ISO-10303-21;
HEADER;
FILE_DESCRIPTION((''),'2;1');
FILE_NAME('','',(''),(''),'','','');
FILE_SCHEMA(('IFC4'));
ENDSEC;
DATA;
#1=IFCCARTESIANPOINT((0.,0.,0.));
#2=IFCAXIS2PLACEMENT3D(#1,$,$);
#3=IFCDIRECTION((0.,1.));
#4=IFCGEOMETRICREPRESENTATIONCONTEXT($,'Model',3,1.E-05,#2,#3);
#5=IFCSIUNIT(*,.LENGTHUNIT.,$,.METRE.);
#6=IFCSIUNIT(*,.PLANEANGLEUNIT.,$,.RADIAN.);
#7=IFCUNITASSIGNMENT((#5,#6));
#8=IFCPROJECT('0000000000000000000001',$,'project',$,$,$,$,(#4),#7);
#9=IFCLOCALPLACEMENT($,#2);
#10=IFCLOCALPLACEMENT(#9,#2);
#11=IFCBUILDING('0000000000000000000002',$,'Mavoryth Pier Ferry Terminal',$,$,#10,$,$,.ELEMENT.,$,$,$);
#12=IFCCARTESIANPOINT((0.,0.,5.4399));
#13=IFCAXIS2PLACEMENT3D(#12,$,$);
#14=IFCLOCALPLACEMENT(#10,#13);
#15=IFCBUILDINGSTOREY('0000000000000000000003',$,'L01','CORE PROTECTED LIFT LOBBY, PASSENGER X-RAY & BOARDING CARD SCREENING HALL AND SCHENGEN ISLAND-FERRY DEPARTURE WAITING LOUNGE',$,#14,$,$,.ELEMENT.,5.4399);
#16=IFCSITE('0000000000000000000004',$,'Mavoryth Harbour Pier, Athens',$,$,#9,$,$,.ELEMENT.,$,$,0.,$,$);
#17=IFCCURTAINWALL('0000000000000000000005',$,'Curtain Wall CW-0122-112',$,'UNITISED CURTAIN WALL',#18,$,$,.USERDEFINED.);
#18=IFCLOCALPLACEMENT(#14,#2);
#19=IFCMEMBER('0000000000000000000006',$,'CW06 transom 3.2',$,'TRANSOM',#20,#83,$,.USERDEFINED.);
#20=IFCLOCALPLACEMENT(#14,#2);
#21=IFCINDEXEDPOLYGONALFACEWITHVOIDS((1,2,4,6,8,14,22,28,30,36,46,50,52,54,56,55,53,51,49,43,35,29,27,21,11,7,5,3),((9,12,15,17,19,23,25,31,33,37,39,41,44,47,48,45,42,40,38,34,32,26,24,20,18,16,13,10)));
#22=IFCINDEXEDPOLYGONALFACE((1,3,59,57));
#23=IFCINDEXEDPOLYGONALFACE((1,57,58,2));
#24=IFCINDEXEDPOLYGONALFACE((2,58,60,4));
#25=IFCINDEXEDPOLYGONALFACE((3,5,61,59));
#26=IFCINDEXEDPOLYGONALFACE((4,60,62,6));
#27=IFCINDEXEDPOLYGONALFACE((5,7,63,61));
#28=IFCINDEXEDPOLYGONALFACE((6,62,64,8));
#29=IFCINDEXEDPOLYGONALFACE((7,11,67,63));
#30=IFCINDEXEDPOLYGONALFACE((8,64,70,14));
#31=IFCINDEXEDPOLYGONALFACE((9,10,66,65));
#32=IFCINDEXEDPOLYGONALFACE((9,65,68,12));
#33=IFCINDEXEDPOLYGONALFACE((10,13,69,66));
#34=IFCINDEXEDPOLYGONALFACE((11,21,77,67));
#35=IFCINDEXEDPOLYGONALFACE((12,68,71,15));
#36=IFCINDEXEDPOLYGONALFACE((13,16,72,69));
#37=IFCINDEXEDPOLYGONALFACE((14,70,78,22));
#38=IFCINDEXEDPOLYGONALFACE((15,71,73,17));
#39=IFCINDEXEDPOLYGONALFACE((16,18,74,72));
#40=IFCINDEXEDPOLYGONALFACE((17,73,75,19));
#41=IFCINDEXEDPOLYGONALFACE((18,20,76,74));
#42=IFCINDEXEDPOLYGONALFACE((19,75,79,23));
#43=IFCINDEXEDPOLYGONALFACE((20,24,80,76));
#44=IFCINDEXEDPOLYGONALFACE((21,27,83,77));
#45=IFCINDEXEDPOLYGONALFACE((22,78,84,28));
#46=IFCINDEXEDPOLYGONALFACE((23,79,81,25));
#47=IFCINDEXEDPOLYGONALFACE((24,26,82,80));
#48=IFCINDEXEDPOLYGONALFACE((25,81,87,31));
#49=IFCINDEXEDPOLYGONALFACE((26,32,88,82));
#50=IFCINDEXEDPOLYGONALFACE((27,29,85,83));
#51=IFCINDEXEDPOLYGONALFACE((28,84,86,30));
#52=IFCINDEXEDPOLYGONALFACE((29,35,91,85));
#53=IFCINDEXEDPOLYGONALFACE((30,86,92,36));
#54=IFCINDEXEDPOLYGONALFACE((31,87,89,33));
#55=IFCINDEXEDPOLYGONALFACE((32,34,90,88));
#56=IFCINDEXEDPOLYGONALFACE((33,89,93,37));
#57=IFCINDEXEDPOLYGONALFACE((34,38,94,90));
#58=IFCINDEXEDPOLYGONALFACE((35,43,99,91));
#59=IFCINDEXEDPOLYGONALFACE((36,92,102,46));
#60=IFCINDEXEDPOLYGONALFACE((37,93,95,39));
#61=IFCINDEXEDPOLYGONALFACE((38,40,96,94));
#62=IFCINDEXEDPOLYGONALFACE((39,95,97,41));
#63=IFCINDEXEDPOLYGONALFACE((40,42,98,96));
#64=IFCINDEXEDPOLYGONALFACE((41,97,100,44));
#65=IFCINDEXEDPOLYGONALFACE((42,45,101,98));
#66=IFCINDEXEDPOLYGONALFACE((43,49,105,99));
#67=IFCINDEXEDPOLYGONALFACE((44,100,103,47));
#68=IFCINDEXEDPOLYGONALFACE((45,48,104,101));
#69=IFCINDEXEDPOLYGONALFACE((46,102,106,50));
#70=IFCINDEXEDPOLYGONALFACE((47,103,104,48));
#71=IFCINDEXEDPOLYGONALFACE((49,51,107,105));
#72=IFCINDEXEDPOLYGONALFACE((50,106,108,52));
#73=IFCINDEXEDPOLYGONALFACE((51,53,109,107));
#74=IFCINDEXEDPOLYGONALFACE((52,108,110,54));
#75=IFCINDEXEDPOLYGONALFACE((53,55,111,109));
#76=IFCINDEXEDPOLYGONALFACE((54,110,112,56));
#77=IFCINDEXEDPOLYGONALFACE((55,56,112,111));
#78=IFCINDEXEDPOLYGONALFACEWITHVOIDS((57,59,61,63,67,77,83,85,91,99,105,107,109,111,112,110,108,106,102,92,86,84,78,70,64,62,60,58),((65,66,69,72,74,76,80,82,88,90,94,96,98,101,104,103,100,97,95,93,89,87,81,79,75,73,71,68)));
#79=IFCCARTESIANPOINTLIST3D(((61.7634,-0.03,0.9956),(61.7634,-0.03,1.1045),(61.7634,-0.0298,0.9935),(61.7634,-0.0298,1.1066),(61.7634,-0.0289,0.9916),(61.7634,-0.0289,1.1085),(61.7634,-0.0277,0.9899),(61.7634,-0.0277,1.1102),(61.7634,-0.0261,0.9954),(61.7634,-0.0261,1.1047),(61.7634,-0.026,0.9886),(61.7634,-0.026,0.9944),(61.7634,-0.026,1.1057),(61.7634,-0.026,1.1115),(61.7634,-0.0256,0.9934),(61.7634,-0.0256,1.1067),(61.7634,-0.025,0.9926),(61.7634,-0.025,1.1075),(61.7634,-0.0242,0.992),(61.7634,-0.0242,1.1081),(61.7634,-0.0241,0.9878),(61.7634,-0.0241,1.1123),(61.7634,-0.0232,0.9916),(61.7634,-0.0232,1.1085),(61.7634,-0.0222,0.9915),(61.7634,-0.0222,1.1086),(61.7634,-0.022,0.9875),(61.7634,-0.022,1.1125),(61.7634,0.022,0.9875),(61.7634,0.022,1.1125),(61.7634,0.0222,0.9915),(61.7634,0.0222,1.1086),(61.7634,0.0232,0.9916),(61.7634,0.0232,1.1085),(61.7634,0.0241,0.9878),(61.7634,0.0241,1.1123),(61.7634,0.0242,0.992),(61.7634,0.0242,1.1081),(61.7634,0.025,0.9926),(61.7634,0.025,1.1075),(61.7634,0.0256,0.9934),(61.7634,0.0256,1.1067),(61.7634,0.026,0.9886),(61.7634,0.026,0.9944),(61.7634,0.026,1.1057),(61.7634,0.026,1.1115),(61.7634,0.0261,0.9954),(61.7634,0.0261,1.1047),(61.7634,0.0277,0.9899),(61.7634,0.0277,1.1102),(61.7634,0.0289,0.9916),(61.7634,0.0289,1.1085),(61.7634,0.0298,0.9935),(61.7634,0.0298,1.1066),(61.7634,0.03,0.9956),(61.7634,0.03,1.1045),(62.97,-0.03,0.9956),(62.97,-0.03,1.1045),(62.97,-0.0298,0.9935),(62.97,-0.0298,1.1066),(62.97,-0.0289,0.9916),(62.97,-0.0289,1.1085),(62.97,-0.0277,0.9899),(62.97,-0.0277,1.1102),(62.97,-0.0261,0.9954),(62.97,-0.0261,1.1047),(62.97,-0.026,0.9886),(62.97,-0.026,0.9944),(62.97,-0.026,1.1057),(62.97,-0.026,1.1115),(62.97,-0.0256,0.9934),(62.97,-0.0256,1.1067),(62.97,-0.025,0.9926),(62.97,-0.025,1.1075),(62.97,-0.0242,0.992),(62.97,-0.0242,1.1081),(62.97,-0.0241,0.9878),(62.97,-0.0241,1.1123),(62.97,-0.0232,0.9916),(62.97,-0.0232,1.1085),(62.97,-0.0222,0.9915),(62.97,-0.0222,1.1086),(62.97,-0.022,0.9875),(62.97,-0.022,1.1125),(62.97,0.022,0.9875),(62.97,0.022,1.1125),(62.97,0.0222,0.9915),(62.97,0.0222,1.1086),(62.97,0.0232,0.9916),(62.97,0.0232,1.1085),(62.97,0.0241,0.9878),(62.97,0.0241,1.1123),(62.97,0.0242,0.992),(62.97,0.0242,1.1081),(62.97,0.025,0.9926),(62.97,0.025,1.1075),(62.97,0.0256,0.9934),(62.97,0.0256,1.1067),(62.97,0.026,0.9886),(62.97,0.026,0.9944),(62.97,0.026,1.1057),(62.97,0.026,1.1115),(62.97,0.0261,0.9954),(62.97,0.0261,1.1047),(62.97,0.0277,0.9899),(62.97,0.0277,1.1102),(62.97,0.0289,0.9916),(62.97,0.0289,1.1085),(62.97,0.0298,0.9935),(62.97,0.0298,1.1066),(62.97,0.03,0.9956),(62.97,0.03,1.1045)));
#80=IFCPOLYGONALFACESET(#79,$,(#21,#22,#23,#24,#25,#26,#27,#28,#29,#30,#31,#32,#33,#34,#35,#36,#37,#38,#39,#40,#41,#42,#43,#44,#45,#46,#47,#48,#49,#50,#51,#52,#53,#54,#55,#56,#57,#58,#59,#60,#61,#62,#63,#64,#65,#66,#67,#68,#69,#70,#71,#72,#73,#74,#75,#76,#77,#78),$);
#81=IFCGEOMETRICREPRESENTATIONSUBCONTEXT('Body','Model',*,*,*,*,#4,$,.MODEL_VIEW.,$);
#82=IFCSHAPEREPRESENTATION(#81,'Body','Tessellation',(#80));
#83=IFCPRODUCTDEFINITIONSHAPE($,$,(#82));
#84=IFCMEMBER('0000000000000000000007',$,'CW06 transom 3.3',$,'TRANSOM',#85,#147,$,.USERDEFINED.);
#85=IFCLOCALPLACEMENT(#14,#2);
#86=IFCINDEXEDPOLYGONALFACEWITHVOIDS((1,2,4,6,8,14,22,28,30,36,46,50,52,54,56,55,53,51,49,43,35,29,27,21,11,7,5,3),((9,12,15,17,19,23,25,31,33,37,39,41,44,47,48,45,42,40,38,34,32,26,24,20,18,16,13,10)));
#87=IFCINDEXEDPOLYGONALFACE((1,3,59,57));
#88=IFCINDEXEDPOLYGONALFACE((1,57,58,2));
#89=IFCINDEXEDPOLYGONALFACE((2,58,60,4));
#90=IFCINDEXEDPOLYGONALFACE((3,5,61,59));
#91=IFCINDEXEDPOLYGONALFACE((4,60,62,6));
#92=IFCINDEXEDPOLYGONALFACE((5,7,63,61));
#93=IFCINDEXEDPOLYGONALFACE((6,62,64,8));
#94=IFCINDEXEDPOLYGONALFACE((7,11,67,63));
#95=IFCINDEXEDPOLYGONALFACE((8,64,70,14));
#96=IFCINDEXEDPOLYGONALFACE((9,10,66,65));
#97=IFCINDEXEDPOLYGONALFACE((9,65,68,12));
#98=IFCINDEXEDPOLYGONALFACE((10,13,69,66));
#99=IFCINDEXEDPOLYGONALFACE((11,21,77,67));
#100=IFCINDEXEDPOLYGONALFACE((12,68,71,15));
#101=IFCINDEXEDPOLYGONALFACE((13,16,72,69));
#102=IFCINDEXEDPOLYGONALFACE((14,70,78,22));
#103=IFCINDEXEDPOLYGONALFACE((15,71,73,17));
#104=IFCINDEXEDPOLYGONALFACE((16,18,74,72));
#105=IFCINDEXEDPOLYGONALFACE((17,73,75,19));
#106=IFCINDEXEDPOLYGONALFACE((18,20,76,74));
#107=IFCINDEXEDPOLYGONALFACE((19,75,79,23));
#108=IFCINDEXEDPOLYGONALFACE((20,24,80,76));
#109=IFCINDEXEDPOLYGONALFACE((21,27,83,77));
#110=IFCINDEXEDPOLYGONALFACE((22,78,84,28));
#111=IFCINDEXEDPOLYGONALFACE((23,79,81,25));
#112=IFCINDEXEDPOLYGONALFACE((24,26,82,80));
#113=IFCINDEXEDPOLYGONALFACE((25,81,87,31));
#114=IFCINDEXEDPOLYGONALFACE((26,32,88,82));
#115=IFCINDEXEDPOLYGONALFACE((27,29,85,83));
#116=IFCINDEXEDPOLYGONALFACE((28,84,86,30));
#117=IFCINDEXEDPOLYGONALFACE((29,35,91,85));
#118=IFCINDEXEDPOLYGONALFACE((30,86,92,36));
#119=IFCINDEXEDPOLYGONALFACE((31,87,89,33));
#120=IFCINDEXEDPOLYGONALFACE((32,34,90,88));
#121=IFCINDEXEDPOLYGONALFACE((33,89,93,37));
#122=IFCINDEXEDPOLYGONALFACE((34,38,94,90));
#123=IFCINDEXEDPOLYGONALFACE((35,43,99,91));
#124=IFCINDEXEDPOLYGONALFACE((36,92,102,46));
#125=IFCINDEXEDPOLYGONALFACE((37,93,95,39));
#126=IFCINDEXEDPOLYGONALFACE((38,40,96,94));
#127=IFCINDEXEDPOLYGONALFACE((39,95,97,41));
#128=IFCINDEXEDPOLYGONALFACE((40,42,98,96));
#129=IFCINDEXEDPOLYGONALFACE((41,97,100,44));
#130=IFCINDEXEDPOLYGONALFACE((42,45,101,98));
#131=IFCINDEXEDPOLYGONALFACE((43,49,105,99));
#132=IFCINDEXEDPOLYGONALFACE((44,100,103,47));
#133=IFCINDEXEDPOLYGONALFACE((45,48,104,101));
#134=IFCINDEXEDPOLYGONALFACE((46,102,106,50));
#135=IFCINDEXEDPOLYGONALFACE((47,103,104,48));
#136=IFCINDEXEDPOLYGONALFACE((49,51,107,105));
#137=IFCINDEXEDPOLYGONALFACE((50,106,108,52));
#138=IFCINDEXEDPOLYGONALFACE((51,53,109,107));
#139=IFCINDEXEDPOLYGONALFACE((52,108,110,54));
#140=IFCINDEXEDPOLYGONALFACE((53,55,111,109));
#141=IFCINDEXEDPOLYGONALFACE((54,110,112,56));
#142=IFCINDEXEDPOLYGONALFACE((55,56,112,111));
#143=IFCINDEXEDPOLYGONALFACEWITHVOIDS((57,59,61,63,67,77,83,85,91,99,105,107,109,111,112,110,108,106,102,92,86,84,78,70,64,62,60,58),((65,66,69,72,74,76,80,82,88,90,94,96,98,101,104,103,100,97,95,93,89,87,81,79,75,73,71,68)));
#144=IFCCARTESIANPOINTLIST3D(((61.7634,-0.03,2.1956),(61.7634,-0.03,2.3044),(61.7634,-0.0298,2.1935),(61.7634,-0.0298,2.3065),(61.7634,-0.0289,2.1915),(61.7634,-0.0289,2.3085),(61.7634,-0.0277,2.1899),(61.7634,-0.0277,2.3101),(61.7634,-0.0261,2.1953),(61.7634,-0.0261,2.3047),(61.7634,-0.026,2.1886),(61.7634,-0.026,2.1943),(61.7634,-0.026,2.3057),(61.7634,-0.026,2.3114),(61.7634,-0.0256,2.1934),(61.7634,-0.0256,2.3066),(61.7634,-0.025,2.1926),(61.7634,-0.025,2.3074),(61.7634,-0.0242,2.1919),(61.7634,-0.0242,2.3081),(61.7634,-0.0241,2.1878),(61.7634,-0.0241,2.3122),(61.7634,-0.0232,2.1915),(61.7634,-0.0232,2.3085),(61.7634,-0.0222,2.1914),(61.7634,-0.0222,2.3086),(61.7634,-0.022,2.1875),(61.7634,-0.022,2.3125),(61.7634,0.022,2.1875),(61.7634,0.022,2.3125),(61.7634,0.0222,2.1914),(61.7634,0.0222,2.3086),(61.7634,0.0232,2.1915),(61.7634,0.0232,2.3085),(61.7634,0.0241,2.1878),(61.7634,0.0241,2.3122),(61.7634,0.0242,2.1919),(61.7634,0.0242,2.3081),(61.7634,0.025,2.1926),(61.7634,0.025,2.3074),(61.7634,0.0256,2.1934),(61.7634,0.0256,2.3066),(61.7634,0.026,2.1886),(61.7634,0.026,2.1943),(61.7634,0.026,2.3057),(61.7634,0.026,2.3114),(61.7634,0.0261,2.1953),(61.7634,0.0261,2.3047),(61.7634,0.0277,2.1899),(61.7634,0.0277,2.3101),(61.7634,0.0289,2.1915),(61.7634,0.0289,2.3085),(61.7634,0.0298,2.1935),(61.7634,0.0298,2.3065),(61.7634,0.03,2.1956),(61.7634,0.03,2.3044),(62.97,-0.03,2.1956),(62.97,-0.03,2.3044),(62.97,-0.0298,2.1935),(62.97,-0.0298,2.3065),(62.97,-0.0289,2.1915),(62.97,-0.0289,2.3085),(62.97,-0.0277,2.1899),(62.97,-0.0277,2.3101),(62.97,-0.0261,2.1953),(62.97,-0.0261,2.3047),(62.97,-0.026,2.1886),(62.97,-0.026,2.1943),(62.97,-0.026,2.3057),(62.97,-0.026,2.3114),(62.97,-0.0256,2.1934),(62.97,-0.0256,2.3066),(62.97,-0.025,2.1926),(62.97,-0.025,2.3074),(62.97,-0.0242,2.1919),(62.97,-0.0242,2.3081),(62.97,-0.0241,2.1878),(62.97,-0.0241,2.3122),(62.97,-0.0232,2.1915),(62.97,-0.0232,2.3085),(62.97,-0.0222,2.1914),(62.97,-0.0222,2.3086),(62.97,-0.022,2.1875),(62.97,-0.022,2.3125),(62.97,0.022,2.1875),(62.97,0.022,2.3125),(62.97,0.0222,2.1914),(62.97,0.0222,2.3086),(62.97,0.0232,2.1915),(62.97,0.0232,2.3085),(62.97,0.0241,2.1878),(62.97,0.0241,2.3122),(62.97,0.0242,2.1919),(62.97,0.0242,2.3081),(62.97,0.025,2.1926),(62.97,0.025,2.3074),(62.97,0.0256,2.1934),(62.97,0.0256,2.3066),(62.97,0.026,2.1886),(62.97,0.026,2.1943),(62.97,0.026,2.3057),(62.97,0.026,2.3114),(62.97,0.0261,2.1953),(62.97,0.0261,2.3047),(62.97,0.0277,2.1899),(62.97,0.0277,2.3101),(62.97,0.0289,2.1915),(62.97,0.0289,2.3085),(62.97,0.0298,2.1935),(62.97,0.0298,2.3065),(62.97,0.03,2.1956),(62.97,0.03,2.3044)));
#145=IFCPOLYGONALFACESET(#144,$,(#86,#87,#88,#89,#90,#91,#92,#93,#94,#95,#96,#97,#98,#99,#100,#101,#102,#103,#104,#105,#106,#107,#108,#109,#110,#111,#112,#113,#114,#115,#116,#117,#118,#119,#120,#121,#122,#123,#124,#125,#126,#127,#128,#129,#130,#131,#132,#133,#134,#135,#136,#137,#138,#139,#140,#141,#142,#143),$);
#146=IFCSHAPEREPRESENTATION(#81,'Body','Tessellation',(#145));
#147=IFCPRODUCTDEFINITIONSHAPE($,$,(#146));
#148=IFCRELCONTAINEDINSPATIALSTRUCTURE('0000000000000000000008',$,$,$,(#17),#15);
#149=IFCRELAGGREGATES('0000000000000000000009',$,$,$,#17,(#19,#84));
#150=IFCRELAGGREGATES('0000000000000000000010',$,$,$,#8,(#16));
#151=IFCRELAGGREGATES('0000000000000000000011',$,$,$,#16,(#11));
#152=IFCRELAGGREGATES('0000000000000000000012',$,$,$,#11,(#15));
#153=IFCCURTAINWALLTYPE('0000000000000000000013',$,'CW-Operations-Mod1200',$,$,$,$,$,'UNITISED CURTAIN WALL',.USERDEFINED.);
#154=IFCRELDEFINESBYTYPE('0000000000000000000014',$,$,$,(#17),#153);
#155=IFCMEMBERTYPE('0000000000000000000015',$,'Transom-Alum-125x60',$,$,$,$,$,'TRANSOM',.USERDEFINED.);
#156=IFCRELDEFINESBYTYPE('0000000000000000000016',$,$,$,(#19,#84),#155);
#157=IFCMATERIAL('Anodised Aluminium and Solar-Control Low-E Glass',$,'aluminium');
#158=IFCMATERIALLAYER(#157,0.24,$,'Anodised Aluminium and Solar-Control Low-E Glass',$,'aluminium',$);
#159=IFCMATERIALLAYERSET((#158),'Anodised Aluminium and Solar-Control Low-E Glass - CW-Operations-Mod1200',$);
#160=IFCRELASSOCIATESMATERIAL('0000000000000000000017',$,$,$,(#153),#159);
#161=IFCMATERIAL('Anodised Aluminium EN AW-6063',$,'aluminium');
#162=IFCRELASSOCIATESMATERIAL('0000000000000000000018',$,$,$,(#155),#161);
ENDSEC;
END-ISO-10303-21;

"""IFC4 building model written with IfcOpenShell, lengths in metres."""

from ifc_helpers import new_model, si_unit, direction, frame, origin, origin_2d, place, context, subcontext, project, spatial, hollow_rectangle, extrude, material, layer, layer_set, material_profile, profile_set, type_object, element, aggregate, save


model = new_model("IFC4")

# Units and contexts
model_context = context("Model", 3, precision=1e-05, world=origin(), true_north=direction((0.0, 1.0)))
body_context = subcontext(model_context, "Body", "Model", "MODEL_VIEW")
ifc_project = project(units=[si_unit("LENGTHUNIT", "METRE"), si_unit("PLANEANGLEUNIT", "RADIAN")], contexts=[model_context])

# Site, building, storey
site_placement = place(None, origin())
site = spatial("IfcSite", under=ifc_project, at=site_placement, Name="Mavoryth Harbour Pier, Athens", CompositionType="ELEMENT", RefElevation=0.0)
building_placement = place(site_placement, origin())
building = spatial("IfcBuilding", under=site, at=building_placement, Name="Mavoryth Pier Ferry Terminal", CompositionType="ELEMENT")
storey_placement = place(building_placement, frame((0.0, 0.0, 5.4399)))
storey = spatial("IfcBuildingStorey", under=building, at=storey_placement, Name="L01", Description="CORE PROTECTED LIFT LOBBY, PASSENGER X-RAY & BOARDING CARD SCREENING HALL AND SCHENGEN ISLAND-FERRY DEPARTURE WAITING LOUNGE", CompositionType="ELEMENT", Elevation=5.4399)

# Curtain wall, members
ifc_material_1 = material(Name="Anodised Aluminium and Solar-Control Low-E Glass", Category="aluminium")
ifc_layer_1 = layer(ifc_material_1, 0.24, Name="Anodised Aluminium and Solar-Control Low-E Glass", Category="aluminium")
ifc_layer_set_1 = layer_set([ifc_layer_1], Name="Anodised Aluminium and Solar-Control Low-E Glass - CW-Operations-Mod1200")
curtain_wall_type = type_object("IfcCurtainWallType", Name="CW-Operations-Mod1200", ElementType="UNITISED CURTAIN WALL", PredefinedType="USERDEFINED", material=ifc_layer_set_1)
curtain_wall_placement = place(storey_placement, origin())
curtain_wall = element("IfcCurtainWall", 1, at=curtain_wall_placement, inside=storey, type_object=curtain_wall_type, Name="Curtain Wall CW-0122-112", ObjectType="UNITISED CURTAIN WALL", PredefinedType="USERDEFINED")
ifc_material_2 = material(Name="Anodised Aluminium EN AW-6063", Category="aluminium")
ifc_material_profile_1 = material_profile(ifc_material_2, hollow_rectangle(XDim=0.0601, YDim=0.125, WallThickness=0.0039, InnerFilletRadius=0.0039, OuterFilletRadius=0.0081, at=origin_2d()), Name="AL-TRAN 125x60x4", Category="aluminium")
ifc_profile_set_1 = profile_set([ifc_material_profile_1], Name="Anodised Aluminium EN AW-6063 - AL-TRAN 125x60x4")
member_type_1 = type_object("IfcMemberType", Name="Transom-Alum-125x60", ElementType="TRANSOM", PredefinedType="USERDEFINED", material=ifc_profile_set_1)
member_1_placement = place(storey_placement, frame((61.7634, 0.0, 1.05), z_axis=(1.0, 0.0, 0.0), x_axis=(0.0, 1.0, 0.0)))
member_1 = element("IfcMember", 2, at=member_1_placement, type_object=member_type_1, Name="CW06 transom 3.2", ObjectType="TRANSOM", PredefinedType="USERDEFINED", context=body_context, shape_type="SweptSolid", body=[
    extrude(hollow_rectangle(XDim=0.0601, YDim=0.125, WallThickness=0.0039, InnerFilletRadius=0.0039, OuterFilletRadius=0.0081, at=origin_2d()), origin(), (0.0, 0.0, 1.0), 1.2065),
])
member_2_placement = place(storey_placement, frame((61.7634, 0.0, 2.25), z_axis=(1.0, 0.0, 0.0), x_axis=(0.0, 1.0, 0.0)))
member_2 = element("IfcMember", 3, at=member_2_placement, type_object=member_type_1, Name="CW06 transom 3.3", ObjectType="TRANSOM", PredefinedType="USERDEFINED", context=body_context, shape_type="SweptSolid", body=[
    extrude(hollow_rectangle(XDim=0.0601, YDim=0.125, WallThickness=0.0039, InnerFilletRadius=0.0039, OuterFilletRadius=0.0081, at=origin_2d()), origin(), (0.0, 0.0, 1.0), 1.2065),
])
aggregate(curtain_wall, [member_1, member_2])

save(model, "model.ifc")
